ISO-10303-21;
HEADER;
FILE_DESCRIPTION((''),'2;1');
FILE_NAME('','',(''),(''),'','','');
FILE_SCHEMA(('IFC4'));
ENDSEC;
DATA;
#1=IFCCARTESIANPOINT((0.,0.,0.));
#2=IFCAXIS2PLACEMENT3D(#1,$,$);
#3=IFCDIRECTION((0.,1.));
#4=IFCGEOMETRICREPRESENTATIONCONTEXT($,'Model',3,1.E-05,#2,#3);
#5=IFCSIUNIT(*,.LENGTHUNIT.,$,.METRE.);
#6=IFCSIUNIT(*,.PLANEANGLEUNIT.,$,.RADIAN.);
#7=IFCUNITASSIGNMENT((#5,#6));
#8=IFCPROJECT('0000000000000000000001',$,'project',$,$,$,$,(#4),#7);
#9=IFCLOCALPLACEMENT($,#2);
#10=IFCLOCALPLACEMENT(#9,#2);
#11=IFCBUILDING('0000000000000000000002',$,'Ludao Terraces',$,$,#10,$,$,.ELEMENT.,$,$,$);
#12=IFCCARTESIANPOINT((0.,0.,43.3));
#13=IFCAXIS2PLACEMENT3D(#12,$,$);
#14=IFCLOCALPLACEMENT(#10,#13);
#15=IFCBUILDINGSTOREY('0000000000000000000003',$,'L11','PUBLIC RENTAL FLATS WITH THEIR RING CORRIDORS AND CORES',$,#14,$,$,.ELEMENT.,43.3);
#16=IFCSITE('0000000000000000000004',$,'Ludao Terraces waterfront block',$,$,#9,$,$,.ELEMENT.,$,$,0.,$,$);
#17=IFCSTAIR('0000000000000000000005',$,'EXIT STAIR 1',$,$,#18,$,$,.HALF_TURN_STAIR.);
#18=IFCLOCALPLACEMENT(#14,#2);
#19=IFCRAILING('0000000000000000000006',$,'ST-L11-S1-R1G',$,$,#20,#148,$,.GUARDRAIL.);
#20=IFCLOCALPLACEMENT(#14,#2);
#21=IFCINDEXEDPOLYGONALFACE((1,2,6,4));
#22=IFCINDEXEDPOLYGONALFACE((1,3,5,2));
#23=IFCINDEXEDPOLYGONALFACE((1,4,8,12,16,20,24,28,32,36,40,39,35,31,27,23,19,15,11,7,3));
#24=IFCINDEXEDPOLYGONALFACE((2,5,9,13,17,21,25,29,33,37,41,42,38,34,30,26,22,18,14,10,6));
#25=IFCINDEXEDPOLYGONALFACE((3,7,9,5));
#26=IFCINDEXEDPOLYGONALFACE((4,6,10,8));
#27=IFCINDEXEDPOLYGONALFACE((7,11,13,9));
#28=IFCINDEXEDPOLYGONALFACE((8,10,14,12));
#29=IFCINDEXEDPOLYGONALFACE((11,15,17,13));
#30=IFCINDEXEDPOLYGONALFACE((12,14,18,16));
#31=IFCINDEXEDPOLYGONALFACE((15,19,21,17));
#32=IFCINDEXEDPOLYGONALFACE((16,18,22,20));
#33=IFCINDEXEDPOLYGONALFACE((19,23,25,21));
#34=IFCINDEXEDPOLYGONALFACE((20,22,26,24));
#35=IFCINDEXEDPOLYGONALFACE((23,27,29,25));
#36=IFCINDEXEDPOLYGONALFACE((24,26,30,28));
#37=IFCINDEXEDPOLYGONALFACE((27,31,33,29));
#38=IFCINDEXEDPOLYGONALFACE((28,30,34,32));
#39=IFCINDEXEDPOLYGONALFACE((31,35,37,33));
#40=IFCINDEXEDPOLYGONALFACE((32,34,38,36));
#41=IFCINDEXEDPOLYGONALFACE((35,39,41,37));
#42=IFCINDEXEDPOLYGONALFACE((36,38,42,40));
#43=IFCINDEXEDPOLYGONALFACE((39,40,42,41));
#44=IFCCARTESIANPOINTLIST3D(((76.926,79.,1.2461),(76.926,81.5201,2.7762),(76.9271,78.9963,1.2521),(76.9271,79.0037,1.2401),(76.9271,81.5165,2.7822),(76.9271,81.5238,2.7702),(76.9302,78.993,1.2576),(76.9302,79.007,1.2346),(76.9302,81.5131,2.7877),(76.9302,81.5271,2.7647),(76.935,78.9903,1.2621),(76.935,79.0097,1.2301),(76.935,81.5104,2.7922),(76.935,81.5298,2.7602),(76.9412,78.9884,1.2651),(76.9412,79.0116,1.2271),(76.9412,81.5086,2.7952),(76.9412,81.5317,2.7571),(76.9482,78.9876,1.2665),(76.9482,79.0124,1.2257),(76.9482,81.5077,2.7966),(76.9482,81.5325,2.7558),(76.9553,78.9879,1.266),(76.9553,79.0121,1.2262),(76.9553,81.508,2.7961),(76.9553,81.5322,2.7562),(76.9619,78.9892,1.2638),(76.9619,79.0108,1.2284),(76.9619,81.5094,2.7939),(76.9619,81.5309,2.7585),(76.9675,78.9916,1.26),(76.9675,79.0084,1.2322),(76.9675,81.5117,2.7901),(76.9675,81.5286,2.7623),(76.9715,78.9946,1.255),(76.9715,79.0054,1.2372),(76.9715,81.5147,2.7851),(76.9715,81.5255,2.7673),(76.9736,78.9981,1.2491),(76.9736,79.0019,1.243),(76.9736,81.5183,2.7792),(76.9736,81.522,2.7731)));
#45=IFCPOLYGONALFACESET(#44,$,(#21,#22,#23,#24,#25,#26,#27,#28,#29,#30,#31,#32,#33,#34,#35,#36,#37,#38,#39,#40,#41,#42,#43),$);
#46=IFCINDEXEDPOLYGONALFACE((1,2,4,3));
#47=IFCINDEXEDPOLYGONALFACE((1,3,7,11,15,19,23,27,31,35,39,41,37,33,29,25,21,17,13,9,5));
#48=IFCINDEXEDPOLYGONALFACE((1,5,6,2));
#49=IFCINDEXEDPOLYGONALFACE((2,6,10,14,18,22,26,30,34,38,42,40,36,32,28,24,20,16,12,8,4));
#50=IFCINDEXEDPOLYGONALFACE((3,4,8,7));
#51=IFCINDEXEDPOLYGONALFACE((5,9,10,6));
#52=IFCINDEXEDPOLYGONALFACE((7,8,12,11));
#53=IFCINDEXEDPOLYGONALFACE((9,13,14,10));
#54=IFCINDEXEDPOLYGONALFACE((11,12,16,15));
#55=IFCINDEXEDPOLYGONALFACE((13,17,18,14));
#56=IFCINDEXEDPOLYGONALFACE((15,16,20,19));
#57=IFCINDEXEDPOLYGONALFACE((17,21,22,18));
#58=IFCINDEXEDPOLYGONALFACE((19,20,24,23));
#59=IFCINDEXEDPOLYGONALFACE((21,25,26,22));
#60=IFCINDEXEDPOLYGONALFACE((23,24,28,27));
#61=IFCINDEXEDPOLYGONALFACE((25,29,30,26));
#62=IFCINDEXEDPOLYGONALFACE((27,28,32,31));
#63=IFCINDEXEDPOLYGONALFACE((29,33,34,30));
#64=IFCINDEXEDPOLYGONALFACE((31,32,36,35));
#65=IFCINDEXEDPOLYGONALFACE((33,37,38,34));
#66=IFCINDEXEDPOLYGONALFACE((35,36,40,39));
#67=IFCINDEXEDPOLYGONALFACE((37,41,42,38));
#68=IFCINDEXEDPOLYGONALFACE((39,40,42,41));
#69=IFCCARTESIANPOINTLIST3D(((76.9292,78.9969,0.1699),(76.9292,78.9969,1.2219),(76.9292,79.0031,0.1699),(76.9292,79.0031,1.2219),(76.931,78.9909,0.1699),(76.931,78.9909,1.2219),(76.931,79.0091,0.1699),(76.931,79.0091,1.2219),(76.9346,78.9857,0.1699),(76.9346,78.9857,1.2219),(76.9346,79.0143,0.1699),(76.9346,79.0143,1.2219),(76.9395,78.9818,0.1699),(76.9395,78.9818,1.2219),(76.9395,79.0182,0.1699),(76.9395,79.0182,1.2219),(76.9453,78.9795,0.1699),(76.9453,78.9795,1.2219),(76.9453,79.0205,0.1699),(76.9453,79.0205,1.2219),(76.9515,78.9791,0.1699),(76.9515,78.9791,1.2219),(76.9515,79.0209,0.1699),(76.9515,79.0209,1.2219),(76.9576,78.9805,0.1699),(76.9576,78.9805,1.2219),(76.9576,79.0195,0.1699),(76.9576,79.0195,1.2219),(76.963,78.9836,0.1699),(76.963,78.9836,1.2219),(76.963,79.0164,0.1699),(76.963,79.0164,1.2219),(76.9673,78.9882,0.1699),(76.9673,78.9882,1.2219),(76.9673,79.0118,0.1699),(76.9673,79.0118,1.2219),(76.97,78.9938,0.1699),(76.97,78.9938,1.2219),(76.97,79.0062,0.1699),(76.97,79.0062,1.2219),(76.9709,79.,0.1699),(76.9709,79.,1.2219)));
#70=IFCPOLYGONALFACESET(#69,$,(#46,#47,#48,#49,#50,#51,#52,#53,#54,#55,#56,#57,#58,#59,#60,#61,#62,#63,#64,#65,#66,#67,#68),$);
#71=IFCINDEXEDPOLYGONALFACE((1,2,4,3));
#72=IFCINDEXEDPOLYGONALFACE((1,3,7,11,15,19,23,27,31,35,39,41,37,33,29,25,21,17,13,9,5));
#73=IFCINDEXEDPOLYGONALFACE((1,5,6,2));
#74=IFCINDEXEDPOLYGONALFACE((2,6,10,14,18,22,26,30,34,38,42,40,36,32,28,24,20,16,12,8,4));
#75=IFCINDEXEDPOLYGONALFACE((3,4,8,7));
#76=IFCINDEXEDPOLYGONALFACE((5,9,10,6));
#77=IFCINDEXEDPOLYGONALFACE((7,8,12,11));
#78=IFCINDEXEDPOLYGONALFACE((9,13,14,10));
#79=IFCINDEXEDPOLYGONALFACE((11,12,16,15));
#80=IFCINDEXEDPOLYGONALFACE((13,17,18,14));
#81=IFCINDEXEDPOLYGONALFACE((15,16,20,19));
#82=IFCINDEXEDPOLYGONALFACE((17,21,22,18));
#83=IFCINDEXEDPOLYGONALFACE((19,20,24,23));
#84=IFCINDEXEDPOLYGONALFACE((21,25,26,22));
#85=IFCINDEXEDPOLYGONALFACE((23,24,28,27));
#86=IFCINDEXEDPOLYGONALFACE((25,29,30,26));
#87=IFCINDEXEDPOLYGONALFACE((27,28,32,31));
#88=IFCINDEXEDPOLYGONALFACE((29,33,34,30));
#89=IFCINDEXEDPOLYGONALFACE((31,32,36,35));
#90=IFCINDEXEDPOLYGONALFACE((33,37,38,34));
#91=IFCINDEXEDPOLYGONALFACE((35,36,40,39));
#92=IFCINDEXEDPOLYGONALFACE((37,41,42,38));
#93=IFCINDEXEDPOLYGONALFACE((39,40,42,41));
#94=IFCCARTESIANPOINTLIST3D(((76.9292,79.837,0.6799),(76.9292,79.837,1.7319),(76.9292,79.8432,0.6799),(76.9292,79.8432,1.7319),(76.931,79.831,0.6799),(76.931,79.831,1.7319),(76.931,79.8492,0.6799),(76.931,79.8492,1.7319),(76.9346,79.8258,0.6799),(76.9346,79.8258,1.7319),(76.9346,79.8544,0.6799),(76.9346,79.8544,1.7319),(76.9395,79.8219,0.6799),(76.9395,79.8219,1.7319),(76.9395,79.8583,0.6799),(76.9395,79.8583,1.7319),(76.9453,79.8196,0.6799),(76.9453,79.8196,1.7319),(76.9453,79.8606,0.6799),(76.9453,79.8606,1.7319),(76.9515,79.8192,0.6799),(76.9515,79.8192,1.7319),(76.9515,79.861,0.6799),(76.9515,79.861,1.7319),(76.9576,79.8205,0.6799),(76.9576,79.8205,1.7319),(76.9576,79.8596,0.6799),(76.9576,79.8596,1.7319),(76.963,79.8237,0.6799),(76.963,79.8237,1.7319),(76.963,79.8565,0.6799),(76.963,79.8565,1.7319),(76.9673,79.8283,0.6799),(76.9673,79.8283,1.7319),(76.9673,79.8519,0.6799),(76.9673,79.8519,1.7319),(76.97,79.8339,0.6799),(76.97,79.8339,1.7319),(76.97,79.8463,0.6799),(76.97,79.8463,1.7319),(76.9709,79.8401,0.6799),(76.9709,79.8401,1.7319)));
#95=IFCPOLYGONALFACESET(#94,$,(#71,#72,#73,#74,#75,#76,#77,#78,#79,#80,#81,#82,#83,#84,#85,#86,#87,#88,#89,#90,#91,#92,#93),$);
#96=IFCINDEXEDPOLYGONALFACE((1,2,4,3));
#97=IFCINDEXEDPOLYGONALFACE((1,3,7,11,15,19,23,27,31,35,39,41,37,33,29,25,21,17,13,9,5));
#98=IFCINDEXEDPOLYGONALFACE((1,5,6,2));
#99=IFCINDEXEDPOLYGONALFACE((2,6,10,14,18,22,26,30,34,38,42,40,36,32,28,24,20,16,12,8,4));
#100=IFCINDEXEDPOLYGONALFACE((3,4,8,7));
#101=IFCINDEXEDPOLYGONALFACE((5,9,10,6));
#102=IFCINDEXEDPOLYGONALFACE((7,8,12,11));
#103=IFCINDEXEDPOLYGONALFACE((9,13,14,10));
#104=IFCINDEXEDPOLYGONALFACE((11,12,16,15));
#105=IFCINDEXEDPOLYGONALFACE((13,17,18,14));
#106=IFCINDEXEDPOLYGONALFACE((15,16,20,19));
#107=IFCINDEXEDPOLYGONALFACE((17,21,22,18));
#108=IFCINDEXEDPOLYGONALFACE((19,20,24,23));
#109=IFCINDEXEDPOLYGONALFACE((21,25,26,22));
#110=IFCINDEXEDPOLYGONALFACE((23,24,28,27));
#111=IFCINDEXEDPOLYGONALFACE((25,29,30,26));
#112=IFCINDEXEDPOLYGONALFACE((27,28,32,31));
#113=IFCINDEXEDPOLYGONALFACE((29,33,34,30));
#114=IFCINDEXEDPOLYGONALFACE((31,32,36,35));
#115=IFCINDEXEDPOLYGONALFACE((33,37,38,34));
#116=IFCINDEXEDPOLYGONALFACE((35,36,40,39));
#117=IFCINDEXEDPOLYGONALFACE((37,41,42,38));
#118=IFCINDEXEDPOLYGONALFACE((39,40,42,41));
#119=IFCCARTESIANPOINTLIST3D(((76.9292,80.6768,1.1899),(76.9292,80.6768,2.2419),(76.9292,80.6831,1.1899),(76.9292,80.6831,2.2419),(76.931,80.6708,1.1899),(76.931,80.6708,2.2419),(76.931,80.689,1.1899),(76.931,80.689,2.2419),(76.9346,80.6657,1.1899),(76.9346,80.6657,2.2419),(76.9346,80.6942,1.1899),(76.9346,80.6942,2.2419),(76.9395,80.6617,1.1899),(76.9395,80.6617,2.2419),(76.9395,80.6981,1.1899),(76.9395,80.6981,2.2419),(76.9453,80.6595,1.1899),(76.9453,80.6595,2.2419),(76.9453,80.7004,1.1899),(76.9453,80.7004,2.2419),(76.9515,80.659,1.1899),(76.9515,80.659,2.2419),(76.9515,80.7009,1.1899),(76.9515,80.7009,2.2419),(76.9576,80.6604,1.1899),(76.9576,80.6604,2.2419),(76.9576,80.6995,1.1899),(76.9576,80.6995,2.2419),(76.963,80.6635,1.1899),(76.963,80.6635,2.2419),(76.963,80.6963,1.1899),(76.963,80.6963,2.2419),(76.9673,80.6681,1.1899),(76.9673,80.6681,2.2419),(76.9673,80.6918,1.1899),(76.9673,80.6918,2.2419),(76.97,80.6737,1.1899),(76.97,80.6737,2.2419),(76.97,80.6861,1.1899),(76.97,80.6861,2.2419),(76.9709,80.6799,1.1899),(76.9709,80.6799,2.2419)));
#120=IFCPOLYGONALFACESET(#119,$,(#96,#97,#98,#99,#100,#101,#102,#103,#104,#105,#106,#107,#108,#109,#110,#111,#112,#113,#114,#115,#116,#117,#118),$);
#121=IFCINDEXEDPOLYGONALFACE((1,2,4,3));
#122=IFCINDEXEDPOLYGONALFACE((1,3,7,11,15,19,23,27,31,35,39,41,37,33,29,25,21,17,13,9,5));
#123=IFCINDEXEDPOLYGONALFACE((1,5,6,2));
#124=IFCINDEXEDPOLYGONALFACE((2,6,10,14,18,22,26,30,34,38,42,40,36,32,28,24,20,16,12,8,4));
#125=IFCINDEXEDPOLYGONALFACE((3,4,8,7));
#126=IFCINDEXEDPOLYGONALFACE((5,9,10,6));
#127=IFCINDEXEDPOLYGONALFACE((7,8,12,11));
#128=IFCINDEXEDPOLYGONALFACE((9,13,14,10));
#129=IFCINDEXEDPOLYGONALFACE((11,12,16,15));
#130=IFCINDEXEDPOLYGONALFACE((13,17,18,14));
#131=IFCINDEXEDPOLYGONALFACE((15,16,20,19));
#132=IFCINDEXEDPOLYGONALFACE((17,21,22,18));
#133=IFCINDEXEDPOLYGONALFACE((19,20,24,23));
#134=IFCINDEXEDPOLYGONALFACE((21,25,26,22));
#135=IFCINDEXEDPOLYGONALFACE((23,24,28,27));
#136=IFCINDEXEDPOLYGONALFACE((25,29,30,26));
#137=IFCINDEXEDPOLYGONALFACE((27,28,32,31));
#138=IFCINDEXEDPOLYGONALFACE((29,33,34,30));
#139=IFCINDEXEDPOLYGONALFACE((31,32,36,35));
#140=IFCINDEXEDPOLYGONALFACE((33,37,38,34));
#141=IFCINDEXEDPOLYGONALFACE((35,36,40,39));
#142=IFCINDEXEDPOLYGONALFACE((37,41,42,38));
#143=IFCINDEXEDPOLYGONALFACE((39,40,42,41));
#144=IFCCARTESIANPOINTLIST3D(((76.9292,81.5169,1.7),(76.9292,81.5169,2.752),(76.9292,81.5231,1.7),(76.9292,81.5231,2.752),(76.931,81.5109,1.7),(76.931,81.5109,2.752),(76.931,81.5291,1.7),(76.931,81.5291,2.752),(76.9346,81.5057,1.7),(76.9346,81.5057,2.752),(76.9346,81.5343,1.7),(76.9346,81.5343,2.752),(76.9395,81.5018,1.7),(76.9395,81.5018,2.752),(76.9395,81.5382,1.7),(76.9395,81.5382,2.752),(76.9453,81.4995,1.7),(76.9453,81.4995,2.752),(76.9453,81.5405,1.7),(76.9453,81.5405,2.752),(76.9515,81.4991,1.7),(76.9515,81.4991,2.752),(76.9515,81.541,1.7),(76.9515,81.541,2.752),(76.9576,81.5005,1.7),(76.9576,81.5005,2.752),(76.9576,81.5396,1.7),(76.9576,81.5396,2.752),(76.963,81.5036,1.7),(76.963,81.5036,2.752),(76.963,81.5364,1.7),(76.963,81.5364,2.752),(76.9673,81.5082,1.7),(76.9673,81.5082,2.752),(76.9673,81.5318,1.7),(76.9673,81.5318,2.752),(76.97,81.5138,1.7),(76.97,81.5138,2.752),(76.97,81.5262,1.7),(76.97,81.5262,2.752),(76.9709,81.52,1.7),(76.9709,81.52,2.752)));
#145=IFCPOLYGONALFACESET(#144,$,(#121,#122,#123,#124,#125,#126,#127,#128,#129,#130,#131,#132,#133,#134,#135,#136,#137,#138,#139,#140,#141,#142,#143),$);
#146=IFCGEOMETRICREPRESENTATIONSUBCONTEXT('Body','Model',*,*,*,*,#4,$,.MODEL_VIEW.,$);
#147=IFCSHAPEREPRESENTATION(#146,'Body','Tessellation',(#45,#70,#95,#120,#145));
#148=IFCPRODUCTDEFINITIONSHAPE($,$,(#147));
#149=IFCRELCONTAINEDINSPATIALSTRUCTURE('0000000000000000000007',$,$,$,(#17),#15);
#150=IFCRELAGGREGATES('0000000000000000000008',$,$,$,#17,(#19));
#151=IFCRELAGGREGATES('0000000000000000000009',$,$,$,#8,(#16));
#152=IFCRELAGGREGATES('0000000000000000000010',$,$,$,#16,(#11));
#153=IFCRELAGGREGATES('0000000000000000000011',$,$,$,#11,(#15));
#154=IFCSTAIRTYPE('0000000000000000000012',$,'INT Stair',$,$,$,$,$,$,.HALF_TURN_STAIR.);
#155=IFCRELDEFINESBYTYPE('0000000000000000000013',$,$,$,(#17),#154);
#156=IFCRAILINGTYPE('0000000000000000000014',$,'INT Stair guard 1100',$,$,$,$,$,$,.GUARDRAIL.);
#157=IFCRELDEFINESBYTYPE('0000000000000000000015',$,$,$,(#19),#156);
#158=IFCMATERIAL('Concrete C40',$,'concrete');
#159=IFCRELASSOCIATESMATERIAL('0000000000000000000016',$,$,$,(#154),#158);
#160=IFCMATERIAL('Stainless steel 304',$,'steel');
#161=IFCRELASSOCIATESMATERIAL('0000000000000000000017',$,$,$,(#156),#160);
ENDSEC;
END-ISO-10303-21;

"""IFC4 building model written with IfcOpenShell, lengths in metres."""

from ifc_helpers import new_model, si_unit, direction, frame, origin, origin_2d, place, context, subcontext, project, spatial, circle, extrude, material, type_object, element, aggregate, save


model = new_model("IFC4")

# Units and contexts
model_context = context("Model", 3, precision=1e-05, world=origin(), true_north=direction((0.0, 1.0)))
body_context = subcontext(model_context, "Body", "Model", "MODEL_VIEW")
ifc_project = project(units=[si_unit("LENGTHUNIT", "METRE"), si_unit("PLANEANGLEUNIT", "RADIAN")], contexts=[model_context])

# Site, building, storey
site_placement = place(None, origin())
site = spatial("IfcSite", under=ifc_project, at=site_placement, Name="Ludao Terraces waterfront block", CompositionType="ELEMENT", RefElevation=0.0)
building_placement = place(site_placement, origin())
building = spatial("IfcBuilding", under=site, at=building_placement, Name="Ludao Terraces", CompositionType="ELEMENT")
storey_placement = place(building_placement, frame((0.0, 0.0, 43.3)))
storey = spatial("IfcBuildingStorey", under=building, at=storey_placement, Name="L11", Description="PUBLIC RENTAL FLATS WITH THEIR RING CORRIDORS AND CORES", CompositionType="ELEMENT", Elevation=43.3)

# Shared definitions
ifc_material_1 = material(Name="Concrete C40", Category="concrete")

# Shared definitions
ifc_material_2 = material(Name="Stainless steel 304", Category="steel")

# Stair, railing
stair_type = type_object("IfcStairType", Name="INT Stair", PredefinedType="HALF_TURN_STAIR", material=ifc_material_1)
stair_placement = place(storey_placement, origin())
stair = element("IfcStair", 1, at=stair_placement, inside=storey, type_object=stair_type, Name="EXIT STAIR 1", PredefinedType="HALF_TURN_STAIR")
railing_type_1 = type_object("IfcRailingType", Name="INT Stair guard 1100", PredefinedType="GUARDRAIL", material=ifc_material_2)
railing_1_placement = place(storey_placement, frame((76.95, 79.0, 0.1699)))
railing_1 = element("IfcRailing", 2, at=railing_1_placement, type_object=railing_type_1, Name="ST-L11-S1-R1G", PredefinedType="GUARDRAIL", context=body_context, shape_type="SweptSolid", body=[
    extrude(circle(Radius=0.0239, at=origin_2d()), frame((0.0, 0.0, 1.0762), z_axis=(0.0, 0.854785, 0.518982), x_axis=(-1.0, 0.0, 0.0)), (0.0, 0.0, 1.0), 2.9482),
    extrude(circle(Radius=0.021, at=origin_2d()), origin(), (0.0, 0.0, 1.0), 1.052),
    extrude(circle(Radius=0.021, at=origin_2d()), frame((0.0, 0.8401, 0.51)), (0.0, 0.0, 1.0), 1.052),
    extrude(circle(Radius=0.021, at=origin_2d()), frame((0.0, 1.6799, 1.02)), (0.0, 0.0, 1.0), 1.052),
    extrude(circle(Radius=0.021, at=origin_2d()), frame((0.0, 2.52, 1.53)), (0.0, 0.0, 1.0), 1.052),
])
aggregate(stair, [railing_1])

save(model, "model.ifc")
